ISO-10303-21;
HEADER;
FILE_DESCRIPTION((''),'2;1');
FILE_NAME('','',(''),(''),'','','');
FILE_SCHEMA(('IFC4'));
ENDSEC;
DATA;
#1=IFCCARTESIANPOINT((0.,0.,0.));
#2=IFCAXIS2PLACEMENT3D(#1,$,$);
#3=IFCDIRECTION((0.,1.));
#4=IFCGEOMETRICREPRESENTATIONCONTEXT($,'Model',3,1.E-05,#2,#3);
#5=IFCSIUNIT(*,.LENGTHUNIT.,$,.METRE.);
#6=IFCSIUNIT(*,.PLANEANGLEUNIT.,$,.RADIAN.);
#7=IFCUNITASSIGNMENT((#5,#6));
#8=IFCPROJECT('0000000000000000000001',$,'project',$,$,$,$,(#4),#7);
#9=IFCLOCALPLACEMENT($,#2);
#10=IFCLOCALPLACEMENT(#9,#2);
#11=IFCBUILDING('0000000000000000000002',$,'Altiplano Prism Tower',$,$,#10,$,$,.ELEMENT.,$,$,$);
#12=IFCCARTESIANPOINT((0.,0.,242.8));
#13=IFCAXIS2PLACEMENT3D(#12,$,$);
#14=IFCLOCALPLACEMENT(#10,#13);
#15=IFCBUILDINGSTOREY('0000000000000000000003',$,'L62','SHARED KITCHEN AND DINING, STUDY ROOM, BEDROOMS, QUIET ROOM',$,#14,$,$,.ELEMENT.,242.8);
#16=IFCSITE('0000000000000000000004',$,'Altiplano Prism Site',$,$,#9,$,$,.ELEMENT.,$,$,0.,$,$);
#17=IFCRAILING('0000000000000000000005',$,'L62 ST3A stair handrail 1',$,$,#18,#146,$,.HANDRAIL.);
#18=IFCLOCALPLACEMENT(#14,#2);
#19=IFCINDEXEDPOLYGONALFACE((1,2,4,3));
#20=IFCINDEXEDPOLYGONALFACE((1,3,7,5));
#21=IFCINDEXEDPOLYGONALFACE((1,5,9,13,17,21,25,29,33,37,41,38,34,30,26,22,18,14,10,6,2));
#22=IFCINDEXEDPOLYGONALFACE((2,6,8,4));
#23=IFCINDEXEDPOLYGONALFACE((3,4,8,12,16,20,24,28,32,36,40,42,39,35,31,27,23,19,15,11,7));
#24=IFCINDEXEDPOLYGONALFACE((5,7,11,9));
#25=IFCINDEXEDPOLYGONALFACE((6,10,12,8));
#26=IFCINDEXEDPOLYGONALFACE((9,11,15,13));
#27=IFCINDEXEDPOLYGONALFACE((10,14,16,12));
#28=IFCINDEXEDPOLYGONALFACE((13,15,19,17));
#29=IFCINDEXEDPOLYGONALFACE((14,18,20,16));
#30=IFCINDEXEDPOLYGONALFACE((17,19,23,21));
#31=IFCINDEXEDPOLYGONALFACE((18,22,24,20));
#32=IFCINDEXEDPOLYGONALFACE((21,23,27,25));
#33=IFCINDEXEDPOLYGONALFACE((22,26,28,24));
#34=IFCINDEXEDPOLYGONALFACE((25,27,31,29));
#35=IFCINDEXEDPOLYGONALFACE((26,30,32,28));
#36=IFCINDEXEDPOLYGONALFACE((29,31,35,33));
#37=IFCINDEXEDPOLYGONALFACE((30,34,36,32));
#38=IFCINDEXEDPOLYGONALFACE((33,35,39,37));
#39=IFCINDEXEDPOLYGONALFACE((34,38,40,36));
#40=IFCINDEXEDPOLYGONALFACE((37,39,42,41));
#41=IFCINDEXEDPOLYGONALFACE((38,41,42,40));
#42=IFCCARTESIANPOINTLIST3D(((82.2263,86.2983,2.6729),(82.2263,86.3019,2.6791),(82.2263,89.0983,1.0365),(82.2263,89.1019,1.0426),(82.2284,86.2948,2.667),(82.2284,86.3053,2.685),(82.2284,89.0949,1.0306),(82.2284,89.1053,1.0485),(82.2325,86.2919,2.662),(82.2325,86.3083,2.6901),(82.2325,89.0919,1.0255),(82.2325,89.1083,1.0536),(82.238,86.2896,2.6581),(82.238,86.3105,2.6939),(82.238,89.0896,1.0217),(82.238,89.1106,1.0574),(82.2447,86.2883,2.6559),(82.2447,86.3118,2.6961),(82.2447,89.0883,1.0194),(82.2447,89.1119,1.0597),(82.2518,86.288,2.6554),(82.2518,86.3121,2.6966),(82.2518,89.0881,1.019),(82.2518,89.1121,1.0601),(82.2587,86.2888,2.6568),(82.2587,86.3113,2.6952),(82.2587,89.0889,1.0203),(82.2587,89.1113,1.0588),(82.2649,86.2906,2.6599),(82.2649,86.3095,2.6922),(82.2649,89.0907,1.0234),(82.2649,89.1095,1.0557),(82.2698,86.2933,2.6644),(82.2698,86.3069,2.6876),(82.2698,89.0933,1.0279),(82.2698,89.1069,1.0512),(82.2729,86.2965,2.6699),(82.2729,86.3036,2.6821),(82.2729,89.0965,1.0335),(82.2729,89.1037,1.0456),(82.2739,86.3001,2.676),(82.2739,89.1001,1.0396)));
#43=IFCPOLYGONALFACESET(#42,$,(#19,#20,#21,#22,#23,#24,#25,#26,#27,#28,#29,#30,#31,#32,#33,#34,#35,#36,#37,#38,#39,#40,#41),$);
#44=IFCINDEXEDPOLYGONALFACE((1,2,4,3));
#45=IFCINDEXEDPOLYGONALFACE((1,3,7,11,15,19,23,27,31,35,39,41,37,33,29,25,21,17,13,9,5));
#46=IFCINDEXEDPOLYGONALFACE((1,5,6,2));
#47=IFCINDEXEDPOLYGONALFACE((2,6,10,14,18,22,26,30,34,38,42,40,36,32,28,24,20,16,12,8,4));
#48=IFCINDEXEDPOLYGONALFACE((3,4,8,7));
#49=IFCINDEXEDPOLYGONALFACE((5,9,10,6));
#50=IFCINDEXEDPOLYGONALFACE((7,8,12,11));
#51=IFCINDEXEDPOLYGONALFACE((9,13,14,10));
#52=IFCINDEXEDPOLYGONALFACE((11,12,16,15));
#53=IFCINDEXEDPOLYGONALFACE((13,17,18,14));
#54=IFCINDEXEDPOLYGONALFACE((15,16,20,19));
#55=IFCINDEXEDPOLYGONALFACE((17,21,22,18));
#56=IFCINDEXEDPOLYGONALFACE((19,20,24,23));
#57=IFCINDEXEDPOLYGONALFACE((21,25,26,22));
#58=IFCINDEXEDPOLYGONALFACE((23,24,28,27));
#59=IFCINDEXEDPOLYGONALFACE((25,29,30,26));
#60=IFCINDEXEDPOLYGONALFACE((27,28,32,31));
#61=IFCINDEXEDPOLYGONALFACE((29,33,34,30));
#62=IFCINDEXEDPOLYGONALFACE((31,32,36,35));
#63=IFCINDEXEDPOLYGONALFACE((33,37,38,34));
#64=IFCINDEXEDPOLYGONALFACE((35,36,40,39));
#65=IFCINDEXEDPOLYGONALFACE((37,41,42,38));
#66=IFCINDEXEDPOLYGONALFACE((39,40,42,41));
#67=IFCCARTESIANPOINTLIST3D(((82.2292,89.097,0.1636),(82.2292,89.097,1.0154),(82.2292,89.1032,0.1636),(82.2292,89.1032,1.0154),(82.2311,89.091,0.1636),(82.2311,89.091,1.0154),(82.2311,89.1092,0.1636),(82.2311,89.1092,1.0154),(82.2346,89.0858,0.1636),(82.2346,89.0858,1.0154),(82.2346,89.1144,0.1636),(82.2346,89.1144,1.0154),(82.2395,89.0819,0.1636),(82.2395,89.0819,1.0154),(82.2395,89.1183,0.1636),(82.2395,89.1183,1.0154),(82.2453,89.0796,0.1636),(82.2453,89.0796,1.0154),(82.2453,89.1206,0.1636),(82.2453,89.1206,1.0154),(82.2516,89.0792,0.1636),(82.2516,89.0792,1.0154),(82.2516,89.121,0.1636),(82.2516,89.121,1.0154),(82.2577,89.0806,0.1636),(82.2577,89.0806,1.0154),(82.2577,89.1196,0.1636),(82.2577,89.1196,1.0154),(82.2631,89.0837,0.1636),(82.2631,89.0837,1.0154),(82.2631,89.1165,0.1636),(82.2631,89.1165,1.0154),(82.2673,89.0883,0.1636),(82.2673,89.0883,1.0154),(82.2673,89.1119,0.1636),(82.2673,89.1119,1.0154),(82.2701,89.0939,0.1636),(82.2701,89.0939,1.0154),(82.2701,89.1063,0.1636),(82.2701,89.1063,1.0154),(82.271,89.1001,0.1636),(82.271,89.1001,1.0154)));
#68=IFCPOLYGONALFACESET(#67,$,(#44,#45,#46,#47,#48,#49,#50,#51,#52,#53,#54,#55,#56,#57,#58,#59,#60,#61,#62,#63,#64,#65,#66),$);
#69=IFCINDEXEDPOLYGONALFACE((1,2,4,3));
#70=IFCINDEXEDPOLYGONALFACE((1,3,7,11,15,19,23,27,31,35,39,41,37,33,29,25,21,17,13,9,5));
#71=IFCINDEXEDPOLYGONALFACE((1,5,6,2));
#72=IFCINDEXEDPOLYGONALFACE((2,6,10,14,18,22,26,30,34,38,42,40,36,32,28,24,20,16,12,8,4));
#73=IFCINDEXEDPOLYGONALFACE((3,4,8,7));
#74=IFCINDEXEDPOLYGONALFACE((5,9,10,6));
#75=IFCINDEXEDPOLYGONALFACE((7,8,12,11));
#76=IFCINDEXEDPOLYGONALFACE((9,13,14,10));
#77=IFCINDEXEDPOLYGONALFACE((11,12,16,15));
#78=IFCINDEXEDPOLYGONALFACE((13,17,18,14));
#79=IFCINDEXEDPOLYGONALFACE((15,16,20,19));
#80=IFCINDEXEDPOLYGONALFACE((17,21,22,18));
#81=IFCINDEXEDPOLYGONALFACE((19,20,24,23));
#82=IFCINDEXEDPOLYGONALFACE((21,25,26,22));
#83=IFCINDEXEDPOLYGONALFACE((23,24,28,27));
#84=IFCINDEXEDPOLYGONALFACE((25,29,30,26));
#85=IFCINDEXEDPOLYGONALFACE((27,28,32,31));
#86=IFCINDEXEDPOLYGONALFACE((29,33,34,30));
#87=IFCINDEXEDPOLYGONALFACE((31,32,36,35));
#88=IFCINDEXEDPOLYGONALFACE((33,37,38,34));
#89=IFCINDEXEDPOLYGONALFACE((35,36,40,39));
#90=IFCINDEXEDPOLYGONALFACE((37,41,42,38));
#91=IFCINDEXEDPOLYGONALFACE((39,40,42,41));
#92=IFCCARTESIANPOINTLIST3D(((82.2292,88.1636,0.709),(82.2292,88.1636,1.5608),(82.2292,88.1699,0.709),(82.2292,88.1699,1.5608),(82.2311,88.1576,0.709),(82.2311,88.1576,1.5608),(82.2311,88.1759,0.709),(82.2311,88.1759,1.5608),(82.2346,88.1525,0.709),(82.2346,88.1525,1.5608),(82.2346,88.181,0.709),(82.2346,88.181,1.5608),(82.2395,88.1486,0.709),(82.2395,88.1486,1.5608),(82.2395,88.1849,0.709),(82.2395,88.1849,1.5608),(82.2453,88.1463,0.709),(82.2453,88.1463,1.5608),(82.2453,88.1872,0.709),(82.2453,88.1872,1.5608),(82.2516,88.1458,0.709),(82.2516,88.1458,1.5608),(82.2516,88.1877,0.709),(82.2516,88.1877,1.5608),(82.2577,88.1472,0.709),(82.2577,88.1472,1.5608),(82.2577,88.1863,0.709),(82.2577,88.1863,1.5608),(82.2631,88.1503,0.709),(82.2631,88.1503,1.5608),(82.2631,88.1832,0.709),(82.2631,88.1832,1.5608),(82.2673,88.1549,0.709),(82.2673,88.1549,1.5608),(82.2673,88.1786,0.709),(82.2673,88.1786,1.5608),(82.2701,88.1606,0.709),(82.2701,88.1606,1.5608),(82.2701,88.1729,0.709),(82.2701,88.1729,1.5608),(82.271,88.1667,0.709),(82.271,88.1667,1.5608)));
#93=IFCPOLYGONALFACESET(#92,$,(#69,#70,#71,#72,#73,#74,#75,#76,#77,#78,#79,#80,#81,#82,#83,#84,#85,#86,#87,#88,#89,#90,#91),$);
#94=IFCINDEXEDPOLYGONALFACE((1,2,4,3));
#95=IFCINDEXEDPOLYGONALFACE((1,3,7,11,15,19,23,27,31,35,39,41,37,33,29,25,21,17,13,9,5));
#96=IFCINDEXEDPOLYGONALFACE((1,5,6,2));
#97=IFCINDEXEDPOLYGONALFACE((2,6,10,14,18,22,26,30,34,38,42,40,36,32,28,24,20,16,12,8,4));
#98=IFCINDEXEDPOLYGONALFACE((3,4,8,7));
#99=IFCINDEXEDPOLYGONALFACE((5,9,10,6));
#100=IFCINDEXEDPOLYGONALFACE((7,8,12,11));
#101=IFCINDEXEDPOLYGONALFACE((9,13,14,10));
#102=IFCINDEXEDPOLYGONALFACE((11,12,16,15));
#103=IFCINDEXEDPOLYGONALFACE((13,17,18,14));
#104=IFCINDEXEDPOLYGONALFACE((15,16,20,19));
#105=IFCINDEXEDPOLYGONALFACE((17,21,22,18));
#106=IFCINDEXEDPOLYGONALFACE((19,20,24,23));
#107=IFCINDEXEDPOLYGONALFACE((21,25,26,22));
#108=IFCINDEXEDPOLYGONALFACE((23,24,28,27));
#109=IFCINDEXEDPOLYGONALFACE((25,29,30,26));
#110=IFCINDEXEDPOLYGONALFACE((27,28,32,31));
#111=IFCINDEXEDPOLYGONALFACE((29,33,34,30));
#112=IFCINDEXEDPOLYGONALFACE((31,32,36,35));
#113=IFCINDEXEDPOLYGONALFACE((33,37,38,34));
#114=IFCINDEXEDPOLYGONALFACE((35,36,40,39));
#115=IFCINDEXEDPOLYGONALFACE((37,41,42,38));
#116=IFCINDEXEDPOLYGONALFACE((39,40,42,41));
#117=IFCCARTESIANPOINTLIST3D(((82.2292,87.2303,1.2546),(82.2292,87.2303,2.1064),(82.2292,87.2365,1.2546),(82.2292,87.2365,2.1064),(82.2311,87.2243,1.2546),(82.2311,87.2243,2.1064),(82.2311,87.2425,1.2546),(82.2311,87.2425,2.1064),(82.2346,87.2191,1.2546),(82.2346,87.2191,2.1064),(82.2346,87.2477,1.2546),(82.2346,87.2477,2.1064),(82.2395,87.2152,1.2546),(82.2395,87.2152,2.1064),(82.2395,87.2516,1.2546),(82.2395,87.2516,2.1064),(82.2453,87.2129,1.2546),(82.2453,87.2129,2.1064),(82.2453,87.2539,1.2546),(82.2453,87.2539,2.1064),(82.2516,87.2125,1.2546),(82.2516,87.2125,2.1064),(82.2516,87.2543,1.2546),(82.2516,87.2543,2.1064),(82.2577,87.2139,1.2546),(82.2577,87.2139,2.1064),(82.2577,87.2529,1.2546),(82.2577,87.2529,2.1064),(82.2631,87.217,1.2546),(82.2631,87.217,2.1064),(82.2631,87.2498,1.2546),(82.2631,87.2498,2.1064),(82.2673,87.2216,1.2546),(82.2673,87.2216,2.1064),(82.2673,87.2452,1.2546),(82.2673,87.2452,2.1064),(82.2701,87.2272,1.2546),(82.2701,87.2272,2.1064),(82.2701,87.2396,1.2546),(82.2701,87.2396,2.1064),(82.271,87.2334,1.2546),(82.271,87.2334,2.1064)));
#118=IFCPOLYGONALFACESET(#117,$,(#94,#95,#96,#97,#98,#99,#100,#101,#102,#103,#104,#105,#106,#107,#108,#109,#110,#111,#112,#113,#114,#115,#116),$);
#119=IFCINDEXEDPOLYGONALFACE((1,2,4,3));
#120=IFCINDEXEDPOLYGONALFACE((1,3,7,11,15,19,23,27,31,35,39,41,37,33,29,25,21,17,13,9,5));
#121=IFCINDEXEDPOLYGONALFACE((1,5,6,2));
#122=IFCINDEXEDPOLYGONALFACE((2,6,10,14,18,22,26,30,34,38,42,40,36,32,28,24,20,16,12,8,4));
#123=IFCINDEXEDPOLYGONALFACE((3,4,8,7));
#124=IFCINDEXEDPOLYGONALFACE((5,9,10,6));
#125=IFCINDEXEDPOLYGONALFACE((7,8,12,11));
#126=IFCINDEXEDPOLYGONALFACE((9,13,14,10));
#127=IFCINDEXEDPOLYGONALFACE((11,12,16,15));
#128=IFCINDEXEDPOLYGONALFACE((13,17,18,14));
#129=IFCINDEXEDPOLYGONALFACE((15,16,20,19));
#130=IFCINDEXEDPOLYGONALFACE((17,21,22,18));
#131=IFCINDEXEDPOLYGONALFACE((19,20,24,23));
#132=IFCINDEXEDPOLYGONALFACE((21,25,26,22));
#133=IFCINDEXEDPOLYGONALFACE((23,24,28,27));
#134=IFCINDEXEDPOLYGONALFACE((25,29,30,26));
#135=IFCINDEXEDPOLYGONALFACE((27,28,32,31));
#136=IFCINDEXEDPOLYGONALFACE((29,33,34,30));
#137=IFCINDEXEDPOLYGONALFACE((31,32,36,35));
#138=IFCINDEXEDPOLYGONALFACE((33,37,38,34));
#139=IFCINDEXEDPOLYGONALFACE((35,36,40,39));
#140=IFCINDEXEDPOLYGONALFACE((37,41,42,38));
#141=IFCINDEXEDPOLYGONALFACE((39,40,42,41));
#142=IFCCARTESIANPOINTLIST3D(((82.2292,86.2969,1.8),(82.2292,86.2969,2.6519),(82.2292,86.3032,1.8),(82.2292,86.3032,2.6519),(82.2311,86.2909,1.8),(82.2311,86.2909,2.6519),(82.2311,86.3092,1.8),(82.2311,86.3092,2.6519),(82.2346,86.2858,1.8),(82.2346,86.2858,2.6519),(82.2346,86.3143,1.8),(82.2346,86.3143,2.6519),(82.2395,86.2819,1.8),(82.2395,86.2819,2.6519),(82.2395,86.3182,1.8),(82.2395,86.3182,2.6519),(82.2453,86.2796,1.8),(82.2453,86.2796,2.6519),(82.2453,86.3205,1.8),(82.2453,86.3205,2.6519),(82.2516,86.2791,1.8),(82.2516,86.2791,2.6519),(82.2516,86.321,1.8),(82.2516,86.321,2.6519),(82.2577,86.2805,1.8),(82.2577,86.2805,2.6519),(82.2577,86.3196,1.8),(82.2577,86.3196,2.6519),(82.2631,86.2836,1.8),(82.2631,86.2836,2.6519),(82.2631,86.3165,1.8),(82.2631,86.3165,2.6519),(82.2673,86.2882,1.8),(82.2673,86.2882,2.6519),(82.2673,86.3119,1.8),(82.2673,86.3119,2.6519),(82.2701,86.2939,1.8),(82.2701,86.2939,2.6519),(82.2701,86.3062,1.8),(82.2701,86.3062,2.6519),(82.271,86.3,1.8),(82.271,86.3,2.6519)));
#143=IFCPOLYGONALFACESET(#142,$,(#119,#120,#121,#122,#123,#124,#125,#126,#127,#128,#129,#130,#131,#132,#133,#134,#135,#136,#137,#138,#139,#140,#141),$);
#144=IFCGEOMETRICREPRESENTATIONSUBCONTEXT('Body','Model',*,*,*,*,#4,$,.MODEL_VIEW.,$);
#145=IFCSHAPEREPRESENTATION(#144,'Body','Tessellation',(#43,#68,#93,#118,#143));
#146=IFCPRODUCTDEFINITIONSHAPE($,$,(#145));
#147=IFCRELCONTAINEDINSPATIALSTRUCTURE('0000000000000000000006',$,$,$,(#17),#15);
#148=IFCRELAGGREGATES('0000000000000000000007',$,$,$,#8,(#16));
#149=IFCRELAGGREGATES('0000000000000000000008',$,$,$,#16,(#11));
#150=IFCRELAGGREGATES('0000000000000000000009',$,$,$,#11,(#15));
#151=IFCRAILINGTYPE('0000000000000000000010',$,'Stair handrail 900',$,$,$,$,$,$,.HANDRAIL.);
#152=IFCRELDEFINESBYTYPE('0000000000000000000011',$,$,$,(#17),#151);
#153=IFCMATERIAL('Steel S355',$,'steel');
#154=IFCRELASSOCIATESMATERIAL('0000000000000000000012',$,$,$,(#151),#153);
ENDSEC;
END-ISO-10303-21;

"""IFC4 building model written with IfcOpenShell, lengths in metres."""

from ifc_helpers import new_model, si_unit, direction, frame, origin, origin_2d, place, context, subcontext, project, spatial, circle, extrude, material, type_object, element, save


model = new_model("IFC4")

# Units and contexts
model_context = context("Model", 3, precision=1e-05, world=origin(), true_north=direction((0.0, 1.0)))
body_context = subcontext(model_context, "Body", "Model", "MODEL_VIEW")
ifc_project = project(units=[si_unit("LENGTHUNIT", "METRE"), si_unit("PLANEANGLEUNIT", "RADIAN")], contexts=[model_context])

# Site, building, storey
site_placement = place(None, origin())
site = spatial("IfcSite", under=ifc_project, at=site_placement, Name="Altiplano Prism Site", CompositionType="ELEMENT", RefElevation=0.0)
building_placement = place(site_placement, origin())
building = spatial("IfcBuilding", under=site, at=building_placement, Name="Altiplano Prism Tower", CompositionType="ELEMENT")
storey_placement = place(building_placement, frame((0.0, 0.0, 242.8)))
storey = spatial("IfcBuildingStorey", under=building, at=storey_placement, Name="L62", Description="SHARED KITCHEN AND DINING, STUDY ROOM, BEDROOMS, QUIET ROOM", CompositionType="ELEMENT", Elevation=242.8)

# Railing
ifc_material_1 = material(Name="Steel S355", Category="steel")
railing_type = type_object("IfcRailingType", Name="Stair handrail 900", PredefinedType="HANDRAIL", material=ifc_material_1)
railing_1_placement = place(storey_placement, frame((82.25, 89.1001, 0.1636)))
element("IfcRailing", 1, at=railing_1_placement, inside=storey, type_object=railing_type, Name="L62 ST3A stair handrail 1", PredefinedType="HANDRAIL", context=body_context, shape_type="SweptSolid", body=[
    extrude(circle(Radius=0.0239, at=origin_2d()), frame((0.0, 0.0, 0.876), z_axis=(0.0, -0.863361, 0.504587), x_axis=(1.0, 0.0, 0.0)), (0.0, 0.0, 1.0), 3.2432),
    extrude(circle(Radius=0.021, at=origin_2d()), origin(), (0.0, 0.0, 1.0), 0.8518),
    extrude(circle(Radius=0.021, at=origin_2d()), frame((0.0, -0.9333, 0.5454)), (0.0, 0.0, 1.0), 0.8518),
    extrude(circle(Radius=0.021, at=origin_2d()), frame((0.0, -1.8667, 1.0911)), (0.0, 0.0, 1.0), 0.8518),
    extrude(circle(Radius=0.021, at=origin_2d()), frame((0.0, -2.8, 1.6365)), (0.0, 0.0, 1.0), 0.8518),
])

save(model, "model.ifc")
